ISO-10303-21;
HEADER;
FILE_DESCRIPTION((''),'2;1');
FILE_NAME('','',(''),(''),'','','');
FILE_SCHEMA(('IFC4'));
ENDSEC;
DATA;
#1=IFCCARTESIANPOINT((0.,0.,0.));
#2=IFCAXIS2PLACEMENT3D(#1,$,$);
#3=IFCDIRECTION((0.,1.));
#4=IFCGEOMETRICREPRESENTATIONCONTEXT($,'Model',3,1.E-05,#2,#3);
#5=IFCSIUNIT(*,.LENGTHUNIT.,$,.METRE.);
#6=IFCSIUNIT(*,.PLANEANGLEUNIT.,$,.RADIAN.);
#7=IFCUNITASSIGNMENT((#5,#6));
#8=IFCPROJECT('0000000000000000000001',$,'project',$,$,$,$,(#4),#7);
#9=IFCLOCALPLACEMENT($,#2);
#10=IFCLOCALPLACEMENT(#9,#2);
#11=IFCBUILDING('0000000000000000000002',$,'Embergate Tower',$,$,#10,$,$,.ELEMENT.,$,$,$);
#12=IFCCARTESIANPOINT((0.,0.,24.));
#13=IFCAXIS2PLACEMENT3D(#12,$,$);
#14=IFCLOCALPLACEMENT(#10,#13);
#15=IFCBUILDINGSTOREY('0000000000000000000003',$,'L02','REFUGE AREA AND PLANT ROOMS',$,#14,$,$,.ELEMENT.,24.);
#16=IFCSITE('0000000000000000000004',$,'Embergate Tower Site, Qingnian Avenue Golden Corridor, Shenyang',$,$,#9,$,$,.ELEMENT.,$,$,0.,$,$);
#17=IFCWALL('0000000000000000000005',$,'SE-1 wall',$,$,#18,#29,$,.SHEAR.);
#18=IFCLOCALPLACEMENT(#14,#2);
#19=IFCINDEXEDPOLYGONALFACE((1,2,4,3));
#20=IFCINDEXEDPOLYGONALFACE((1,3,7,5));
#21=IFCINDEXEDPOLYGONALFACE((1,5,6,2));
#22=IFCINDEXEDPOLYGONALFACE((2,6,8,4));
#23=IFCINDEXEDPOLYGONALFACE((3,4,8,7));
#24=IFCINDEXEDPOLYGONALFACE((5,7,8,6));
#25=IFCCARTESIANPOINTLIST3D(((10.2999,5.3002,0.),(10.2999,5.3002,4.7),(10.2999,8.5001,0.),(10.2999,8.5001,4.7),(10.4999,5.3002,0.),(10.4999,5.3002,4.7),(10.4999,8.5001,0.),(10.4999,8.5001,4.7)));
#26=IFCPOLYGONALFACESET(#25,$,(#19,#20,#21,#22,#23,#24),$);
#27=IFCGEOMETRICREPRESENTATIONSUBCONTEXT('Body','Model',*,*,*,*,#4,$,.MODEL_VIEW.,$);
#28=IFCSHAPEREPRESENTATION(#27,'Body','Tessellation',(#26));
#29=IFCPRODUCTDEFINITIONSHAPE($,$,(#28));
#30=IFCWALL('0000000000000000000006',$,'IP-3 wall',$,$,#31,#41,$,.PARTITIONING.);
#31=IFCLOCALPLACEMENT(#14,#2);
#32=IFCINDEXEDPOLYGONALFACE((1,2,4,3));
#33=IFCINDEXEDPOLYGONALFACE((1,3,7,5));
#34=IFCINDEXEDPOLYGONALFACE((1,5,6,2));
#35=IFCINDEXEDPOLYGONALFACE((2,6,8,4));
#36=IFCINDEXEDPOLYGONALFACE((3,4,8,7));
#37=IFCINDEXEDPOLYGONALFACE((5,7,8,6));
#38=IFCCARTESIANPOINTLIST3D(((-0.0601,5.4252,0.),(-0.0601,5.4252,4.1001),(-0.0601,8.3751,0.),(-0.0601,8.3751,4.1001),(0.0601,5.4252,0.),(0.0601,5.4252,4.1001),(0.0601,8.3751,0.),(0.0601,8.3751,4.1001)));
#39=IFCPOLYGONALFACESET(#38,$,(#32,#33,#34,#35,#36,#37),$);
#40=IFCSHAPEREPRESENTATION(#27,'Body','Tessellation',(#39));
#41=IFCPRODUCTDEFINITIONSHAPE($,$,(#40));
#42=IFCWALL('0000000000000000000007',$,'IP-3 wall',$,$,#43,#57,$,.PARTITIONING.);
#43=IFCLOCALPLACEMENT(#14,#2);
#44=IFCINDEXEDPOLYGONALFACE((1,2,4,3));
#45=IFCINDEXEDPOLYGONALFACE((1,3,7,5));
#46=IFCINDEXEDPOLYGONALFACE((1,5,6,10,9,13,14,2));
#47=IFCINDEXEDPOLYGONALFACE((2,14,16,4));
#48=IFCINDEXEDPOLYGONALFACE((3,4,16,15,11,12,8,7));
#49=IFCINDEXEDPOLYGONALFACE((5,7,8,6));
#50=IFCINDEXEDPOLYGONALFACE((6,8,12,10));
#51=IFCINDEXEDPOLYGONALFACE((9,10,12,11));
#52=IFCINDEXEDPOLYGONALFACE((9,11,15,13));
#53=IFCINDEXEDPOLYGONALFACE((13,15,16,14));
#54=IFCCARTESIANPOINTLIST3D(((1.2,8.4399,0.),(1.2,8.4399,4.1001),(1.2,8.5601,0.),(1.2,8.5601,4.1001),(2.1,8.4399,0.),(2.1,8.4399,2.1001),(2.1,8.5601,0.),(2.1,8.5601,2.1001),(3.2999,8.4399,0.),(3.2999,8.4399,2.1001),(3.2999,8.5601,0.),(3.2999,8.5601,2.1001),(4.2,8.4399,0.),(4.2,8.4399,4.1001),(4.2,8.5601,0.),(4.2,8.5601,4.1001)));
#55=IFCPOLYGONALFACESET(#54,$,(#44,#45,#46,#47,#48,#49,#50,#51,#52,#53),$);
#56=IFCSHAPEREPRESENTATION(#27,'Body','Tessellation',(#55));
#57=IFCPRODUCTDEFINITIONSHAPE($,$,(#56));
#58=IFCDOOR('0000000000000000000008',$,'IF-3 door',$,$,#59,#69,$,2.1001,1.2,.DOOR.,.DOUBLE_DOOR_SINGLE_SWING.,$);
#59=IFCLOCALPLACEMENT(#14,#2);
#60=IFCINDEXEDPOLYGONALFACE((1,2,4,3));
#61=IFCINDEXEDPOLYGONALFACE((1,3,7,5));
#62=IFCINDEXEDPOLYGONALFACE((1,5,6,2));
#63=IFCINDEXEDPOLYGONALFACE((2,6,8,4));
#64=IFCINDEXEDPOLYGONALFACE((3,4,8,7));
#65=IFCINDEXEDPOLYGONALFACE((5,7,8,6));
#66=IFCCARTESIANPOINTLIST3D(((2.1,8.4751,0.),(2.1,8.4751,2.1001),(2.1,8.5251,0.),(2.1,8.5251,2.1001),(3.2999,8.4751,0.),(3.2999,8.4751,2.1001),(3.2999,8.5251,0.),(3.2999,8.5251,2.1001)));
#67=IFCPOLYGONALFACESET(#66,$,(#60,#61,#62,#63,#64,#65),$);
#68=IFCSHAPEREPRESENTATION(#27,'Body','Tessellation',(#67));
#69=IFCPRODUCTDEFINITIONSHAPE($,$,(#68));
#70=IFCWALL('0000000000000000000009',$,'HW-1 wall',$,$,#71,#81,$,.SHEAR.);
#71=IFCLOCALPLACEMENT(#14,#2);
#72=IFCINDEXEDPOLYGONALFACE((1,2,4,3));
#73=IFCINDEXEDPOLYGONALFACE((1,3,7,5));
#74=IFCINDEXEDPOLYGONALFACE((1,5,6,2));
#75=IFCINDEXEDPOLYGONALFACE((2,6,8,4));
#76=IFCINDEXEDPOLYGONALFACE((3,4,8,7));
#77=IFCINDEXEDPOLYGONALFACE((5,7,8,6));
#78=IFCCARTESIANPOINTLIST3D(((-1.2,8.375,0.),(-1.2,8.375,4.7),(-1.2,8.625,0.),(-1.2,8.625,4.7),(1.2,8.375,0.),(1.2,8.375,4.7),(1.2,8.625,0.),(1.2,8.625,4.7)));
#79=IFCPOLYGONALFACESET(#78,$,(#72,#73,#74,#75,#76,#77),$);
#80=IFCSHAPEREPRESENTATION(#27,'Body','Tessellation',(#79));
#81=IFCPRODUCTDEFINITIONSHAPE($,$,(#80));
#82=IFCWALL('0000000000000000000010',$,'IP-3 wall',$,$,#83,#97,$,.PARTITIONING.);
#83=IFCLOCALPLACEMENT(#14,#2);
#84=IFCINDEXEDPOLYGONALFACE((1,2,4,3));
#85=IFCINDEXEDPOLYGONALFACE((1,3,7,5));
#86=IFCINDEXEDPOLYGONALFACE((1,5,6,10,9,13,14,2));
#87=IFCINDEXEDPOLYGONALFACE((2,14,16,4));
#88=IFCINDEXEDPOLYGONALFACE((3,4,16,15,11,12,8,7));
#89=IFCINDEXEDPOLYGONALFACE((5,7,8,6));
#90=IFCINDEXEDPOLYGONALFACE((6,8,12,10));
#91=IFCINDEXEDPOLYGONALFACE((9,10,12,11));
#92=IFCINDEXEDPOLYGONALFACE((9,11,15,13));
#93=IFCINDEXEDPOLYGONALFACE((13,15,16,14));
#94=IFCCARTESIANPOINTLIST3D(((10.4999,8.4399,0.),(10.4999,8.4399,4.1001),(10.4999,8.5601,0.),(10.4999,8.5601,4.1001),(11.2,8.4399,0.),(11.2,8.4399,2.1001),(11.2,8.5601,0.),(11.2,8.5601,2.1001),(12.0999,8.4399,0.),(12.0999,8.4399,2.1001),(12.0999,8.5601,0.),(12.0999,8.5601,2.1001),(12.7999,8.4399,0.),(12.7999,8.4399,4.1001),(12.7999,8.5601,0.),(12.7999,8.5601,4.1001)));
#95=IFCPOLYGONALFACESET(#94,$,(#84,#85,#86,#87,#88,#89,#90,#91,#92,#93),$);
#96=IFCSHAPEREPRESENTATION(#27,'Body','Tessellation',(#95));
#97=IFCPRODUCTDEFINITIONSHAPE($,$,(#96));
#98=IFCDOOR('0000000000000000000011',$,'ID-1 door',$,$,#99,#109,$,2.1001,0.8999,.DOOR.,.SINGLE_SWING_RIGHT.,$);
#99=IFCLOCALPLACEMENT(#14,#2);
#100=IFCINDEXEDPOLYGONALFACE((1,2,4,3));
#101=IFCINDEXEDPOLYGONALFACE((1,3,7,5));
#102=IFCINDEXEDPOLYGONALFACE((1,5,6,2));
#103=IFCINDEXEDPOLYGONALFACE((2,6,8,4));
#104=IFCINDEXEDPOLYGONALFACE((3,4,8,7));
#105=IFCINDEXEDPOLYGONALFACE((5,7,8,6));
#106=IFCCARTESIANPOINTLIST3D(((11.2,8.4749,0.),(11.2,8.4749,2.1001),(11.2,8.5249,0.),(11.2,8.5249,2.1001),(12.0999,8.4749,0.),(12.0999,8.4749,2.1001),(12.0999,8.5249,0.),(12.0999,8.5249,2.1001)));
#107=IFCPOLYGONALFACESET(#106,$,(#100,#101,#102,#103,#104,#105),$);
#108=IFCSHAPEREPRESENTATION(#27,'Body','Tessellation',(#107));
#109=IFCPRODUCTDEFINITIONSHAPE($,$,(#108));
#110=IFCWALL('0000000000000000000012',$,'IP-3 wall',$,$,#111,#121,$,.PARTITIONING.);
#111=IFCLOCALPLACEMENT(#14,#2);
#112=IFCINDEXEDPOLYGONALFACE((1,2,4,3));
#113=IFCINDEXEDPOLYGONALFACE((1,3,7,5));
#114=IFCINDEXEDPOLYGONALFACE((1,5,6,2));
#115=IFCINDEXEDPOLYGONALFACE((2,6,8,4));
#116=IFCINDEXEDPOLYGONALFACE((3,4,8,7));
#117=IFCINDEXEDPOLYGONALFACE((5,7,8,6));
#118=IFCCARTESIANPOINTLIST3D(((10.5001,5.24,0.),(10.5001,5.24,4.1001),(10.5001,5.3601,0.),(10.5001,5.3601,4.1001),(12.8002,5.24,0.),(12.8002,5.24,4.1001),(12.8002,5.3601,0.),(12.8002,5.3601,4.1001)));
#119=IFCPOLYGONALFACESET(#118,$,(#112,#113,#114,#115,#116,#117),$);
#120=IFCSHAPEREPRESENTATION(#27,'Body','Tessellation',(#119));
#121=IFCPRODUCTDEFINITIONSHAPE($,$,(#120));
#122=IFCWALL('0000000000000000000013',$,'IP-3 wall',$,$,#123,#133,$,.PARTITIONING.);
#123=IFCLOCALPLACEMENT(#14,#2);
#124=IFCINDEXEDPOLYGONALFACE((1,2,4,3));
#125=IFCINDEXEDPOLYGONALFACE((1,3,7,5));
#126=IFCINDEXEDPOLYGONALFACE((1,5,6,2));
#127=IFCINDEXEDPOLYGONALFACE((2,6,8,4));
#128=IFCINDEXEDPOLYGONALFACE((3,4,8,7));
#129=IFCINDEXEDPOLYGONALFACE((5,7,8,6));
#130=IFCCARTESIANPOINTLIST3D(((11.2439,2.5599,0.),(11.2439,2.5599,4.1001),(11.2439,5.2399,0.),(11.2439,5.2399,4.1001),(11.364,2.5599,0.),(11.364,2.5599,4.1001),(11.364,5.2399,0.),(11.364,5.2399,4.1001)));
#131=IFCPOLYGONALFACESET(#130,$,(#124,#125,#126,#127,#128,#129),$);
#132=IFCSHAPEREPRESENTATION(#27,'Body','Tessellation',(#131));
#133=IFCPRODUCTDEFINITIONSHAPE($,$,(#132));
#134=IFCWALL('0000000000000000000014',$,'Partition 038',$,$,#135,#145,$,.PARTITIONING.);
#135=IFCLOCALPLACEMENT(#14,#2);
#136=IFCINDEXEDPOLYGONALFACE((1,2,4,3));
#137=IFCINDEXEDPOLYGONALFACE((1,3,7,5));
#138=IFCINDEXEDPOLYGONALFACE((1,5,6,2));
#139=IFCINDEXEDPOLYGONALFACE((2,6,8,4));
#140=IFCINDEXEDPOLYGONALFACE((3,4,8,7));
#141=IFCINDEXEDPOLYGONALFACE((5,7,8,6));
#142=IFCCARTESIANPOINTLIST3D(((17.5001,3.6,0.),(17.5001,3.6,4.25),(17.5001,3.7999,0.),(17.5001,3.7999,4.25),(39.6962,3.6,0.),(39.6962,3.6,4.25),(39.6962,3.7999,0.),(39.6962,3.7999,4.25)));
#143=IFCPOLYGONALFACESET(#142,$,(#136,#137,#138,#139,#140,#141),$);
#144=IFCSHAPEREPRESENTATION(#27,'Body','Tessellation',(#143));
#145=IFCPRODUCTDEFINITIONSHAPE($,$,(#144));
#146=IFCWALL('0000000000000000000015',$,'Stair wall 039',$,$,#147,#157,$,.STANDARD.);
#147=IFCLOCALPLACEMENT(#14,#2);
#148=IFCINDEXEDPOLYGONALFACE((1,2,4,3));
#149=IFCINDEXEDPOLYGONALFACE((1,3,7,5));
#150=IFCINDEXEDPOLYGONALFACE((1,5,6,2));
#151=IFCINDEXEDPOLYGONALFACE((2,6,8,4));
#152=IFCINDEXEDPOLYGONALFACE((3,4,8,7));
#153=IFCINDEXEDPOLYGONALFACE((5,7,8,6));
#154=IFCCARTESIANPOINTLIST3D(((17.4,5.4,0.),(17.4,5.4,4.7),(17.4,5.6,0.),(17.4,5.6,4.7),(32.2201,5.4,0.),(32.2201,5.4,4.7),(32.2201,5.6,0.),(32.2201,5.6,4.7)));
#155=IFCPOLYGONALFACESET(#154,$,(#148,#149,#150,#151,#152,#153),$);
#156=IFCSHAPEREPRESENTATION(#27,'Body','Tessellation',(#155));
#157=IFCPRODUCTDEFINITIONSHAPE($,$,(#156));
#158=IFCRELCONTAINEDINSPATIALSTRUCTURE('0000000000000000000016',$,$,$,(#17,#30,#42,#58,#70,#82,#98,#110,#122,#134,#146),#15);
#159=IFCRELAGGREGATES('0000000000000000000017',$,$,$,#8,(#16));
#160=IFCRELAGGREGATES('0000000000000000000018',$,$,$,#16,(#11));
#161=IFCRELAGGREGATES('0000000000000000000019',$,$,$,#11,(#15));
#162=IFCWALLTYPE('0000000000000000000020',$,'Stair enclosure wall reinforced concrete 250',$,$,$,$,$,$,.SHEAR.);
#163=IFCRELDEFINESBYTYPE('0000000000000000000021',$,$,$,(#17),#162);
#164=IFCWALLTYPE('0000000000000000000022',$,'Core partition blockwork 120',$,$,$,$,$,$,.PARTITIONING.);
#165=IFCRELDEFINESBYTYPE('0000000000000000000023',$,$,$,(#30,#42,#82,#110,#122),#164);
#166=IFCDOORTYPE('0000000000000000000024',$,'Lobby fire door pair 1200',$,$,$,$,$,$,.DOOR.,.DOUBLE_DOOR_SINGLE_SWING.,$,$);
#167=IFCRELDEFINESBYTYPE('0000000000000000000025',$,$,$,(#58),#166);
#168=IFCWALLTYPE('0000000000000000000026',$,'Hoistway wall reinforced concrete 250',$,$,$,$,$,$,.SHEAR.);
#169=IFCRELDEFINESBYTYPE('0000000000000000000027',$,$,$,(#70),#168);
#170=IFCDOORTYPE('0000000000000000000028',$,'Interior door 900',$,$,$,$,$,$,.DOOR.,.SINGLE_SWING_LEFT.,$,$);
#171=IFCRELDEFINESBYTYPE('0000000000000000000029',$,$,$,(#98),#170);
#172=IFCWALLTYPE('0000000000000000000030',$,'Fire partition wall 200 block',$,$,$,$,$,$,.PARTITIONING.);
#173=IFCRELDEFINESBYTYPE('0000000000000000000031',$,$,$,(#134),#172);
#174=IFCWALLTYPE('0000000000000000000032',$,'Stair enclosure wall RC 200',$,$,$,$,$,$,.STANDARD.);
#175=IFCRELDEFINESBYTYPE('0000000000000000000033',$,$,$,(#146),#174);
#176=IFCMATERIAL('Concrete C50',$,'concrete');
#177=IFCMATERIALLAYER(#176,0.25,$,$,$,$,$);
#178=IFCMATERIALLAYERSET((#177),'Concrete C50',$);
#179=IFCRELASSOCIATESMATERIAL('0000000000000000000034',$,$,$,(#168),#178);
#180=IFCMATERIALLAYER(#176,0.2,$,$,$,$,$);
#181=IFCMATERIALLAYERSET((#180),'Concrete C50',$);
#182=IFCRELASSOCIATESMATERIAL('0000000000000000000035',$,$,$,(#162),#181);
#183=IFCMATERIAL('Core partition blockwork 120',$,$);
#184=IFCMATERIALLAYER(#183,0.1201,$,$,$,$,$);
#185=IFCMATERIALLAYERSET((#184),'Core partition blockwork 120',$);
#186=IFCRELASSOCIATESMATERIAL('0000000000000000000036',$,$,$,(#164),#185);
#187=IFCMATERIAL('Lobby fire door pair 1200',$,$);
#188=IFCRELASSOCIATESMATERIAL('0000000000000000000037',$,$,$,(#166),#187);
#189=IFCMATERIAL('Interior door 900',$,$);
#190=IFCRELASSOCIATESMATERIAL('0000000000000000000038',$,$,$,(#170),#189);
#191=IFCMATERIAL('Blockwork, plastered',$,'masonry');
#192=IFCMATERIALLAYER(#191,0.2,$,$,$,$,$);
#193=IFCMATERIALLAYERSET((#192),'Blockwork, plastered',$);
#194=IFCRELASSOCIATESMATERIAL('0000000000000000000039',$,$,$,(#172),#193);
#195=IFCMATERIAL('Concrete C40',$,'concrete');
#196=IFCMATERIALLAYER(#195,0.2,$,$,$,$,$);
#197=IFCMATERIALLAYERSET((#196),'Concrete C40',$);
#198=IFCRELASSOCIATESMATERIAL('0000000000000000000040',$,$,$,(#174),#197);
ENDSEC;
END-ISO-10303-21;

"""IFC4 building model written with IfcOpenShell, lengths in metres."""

from ifc_helpers import new_model, si_unit, direction, frame, frame_2d, origin, place, context, subcontext, project, spatial, rectangle, extrude, source, transform, mapped, material, layer, layer_set, type_object, element, fill, save


model = new_model("IFC4")

# Units and contexts
model_context = context("Model", 3, precision=1e-05, world=origin(), true_north=direction((0.0, 1.0)))
body_context = subcontext(model_context, "Body", "Model", "MODEL_VIEW")
ifc_project = project(units=[si_unit("LENGTHUNIT", "METRE"), si_unit("PLANEANGLEUNIT", "RADIAN")], contexts=[model_context])

# Site, building, storey
site_placement = place(None, origin())
site = spatial("IfcSite", under=ifc_project, at=site_placement, Name="Embergate Tower Site, Qingnian Avenue Golden Corridor, Shenyang", CompositionType="ELEMENT", RefElevation=0.0)
building_placement = place(site_placement, origin())
building = spatial("IfcBuilding", under=site, at=building_placement, Name="Embergate Tower", CompositionType="ELEMENT")
storey_placement = place(building_placement, frame((0.0, 0.0, 24.0)))
storey = spatial("IfcBuildingStorey", under=building, at=storey_placement, Name="L02", Description="REFUGE AREA AND PLANT ROOMS", CompositionType="ELEMENT", Elevation=24.0)

# Shared definitions
ifc_material_1 = material(Name="Concrete C40", Category="concrete")

# Shared definitions
ifc_material_2 = material(Name="Concrete C50", Category="concrete")
ifc_layer_1 = layer(ifc_material_2, 0.25)
ifc_layer_set_1 = layer_set([ifc_layer_1], Name="Concrete C50")
wall_type_1 = type_object("IfcWallType", Name="Hoistway wall reinforced concrete 250", PredefinedType="SHEAR", material=ifc_layer_set_1)
ifc_layer_2 = layer(ifc_material_2, 0.2)
ifc_layer_set_2 = layer_set([ifc_layer_2], Name="Concrete C50")
wall_type_2 = type_object("IfcWallType", Name="Stair enclosure wall reinforced concrete 250", PredefinedType="SHEAR", material=ifc_layer_set_2)
ifc_material_3 = material(Name="Core partition blockwork 120")
ifc_layer_3 = layer(ifc_material_3, 0.1201)
ifc_layer_set_3 = layer_set([ifc_layer_3], Name="Core partition blockwork 120")
wall_type_3 = type_object("IfcWallType", Name="Core partition blockwork 120", PredefinedType="PARTITIONING", material=ifc_layer_set_3)

# Shared definitions
shared_shape_1 = source(origin(), body_context, "Body", "SweptSolid", [
    extrude(rectangle(XDim=3.2, YDim=0.2, at=frame_2d((1.6001, 0.0))), origin(), (0.0, 0.0, 1.0), 4.7),
])
shared_shape_2 = source(origin(), body_context, "Body", "SweptSolid", [
    extrude(rectangle(XDim=1.2, YDim=2.1001, at=frame_2d((0.6001, 1.05))), frame((0.0, 0.0249, 0.0), z_axis=(0.0, -1.0, 0.0), x_axis=(1.0, 0.0, 0.0)), (0.0, 0.0, 1.0), 0.05),
])

# Walls
wall_1_placement = place(storey_placement, frame((10.3999, 5.3, 0.0), z_axis=(0.0, 0.0, 1.0), x_axis=(0.0, 1.0, 0.0)))
element("IfcWall", 1, at=wall_1_placement, inside=storey, type_object=wall_type_2, Name="SE-1 wall", PredefinedType="SHEAR", context=body_context, shape_type="MappedRepresentation", body=[
    mapped(shared_shape_1, transform((0.0, 0.0, 0.0))),
])
shared_shape_3 = source(origin(), body_context, "Body", "SweptSolid", [
    extrude(rectangle(XDim=2.95, YDim=0.1201, at=frame_2d((1.4751, 0.0))), origin(), (0.0, 0.0, 1.0), 4.1001),
])
wall_2_placement = place(storey_placement, frame((0.0, 5.425, 0.0), z_axis=(0.0, 0.0, 1.0), x_axis=(0.0, 1.0, 0.0)))
element("IfcWall", 2, at=wall_2_placement, inside=storey, type_object=wall_type_3, Name="IP-3 wall", PredefinedType="PARTITIONING", context=body_context, shape_type="MappedRepresentation", body=[
    mapped(shared_shape_3, transform((0.0, 0.0, 0.0))),
])

# Wall, opening, door
shared_shape_4 = source(origin(), body_context, "Body", "SweptSolid", [
    extrude(rectangle(XDim=3.0, YDim=0.1201, at=frame_2d((1.5, 0.0))), origin(), (0.0, 0.0, 1.0), 4.1001),
])
wall_3_placement = place(storey_placement, frame((4.2, 8.5, 0.0), z_axis=(0.0, 0.0, 1.0), x_axis=(-1.0, 0.0, 0.0)))
wall_3 = element("IfcWall", 3, at=wall_3_placement, inside=storey, type_object=wall_type_3, Name="IP-3 wall", PredefinedType="PARTITIONING", context=body_context, shape_type="MappedRepresentation", body=[
    mapped(shared_shape_4, transform((0.0, 0.0, 0.0))),
])
shared_shape_5 = source(origin(), body_context, "Body", "SweptSolid", [
    extrude(rectangle(XDim=1.2, YDim=2.1001, at=frame_2d((0.6001, 1.05))), frame((0.0, 0.0701, 0.0), z_axis=(0.0, -1.0, 0.0), x_axis=(1.0, 0.0, 0.0)), (0.0, 0.0, 1.0), 0.1401),
])
opening_1_placement = place(wall_3_placement, frame((0.8999, 0.0, 0.0)))
opening_1 = element("IfcOpeningElement", 4, at=opening_1_placement, cuts=wall_3, PredefinedType="OPENING", context=body_context, shape_type="MappedRepresentation", body=[
    mapped(shared_shape_5, transform((0.0, 0.0, 0.0))),
])
ifc_material_4 = material(Name="Lobby fire door pair 1200")
door_type_1 = type_object("IfcDoorType", Name="Lobby fire door pair 1200", OperationType="DOUBLE_DOOR_SINGLE_SWING", PredefinedType="DOOR", material=ifc_material_4)
door_1_placement = place(opening_1_placement, origin())
door_1 = element("IfcDoor", 5, at=door_1_placement, inside=storey, type_object=door_type_1, Name="IF-3 door", OperationType="DOUBLE_DOOR_SINGLE_SWING", OverallHeight=2.1001, OverallWidth=1.2, PredefinedType="DOOR", context=body_context, shape_type="MappedRepresentation", body=[
    mapped(shared_shape_2, transform((0.0, 0.0, 0.0))),
])
fill(opening_1, door_1)

# Wall
shared_shape_6 = source(origin(), body_context, "Body", "SweptSolid", [
    extrude(rectangle(XDim=2.3999, YDim=0.25, at=frame_2d((1.2, 0.0))), origin(), (0.0, 0.0, 1.0), 4.7),
])
wall_4_placement = place(storey_placement, frame((1.2, 8.5, 0.0), z_axis=(0.0, 0.0, 1.0), x_axis=(-1.0, 0.0, 0.0)))
element("IfcWall", 6, at=wall_4_placement, inside=storey, type_object=wall_type_1, Name="HW-1 wall", PredefinedType="SHEAR", context=body_context, shape_type="MappedRepresentation", body=[
    mapped(shared_shape_6, transform((0.0, 0.0, 0.0))),
])

# Wall, opening, door
shared_shape_7 = source(origin(), body_context, "Body", "SweptSolid", [
    extrude(rectangle(XDim=2.3, YDim=0.1201, at=frame_2d((1.1499, 0.0))), origin(), (0.0, 0.0, 1.0), 4.1001),
])
wall_5_placement = place(storey_placement, frame((10.5, 8.5, 0.0), z_axis=(0.0, 0.0, 1.0), x_axis=(1.0, 0.0, 0.0)))
wall_5 = element("IfcWall", 7, at=wall_5_placement, inside=storey, type_object=wall_type_3, Name="IP-3 wall", PredefinedType="PARTITIONING", context=body_context, shape_type="MappedRepresentation", body=[
    mapped(shared_shape_7, transform((0.0, 0.0, 0.0))),
])
shared_shape_8 = source(origin(), body_context, "Body", "SweptSolid", [
    extrude(rectangle(XDim=0.8999, YDim=2.1001, at=frame_2d((0.45, 1.05))), frame((0.0, 0.0701, 0.0), z_axis=(0.0, -1.0, 0.0), x_axis=(1.0, 0.0, 0.0)), (0.0, 0.0, 1.0), 0.1401),
])
opening_2_placement = place(wall_5_placement, frame((0.7, 0.0, 0.0)))
opening_2 = element("IfcOpeningElement", 8, at=opening_2_placement, cuts=wall_5, PredefinedType="OPENING", context=body_context, shape_type="MappedRepresentation", body=[
    mapped(shared_shape_8, transform((0.0, 0.0, 0.0))),
])
ifc_material_5 = material(Name="Interior door 900")
door_type_2 = type_object("IfcDoorType", Name="Interior door 900", OperationType="SINGLE_SWING_LEFT", PredefinedType="DOOR", material=ifc_material_5)
shared_shape_9 = source(origin(), body_context, "Body", "SweptSolid", [
    extrude(rectangle(XDim=0.8999, YDim=2.1001, at=frame_2d((0.45, 1.05))), frame((0.0, 0.0249, 0.0), z_axis=(0.0, -1.0, 0.0), x_axis=(1.0, 0.0, 0.0)), (0.0, 0.0, 1.0), 0.05),
])
door_2_placement = place(opening_2_placement, origin())
door_2 = element("IfcDoor", 9, at=door_2_placement, inside=storey, type_object=door_type_2, Name="ID-1 door", OperationType="SINGLE_SWING_RIGHT", OverallHeight=2.1001, OverallWidth=0.8999, PredefinedType="DOOR", context=body_context, shape_type="MappedRepresentation", body=[
    mapped(shared_shape_9, transform((0.0, 0.0, 0.0))),
])
fill(opening_2, door_2)

# Walls
wall_6_placement = place(storey_placement, frame((12.8, 5.3, 0.0), z_axis=(0.0, 0.0, 1.0), x_axis=(-1.0, 0.0, 0.0)))
element("IfcWall", 10, at=wall_6_placement, inside=storey, type_object=wall_type_3, Name="IP-3 wall", PredefinedType="PARTITIONING", context=body_context, shape_type="MappedRepresentation", body=[
    mapped(shared_shape_7, transform((0.0, 0.0, 0.0))),
])
shared_shape_10 = source(origin(), body_context, "Body", "SweptSolid", [
    extrude(rectangle(XDim=2.6799, YDim=0.1201, at=frame_2d((1.3398, 0.0))), origin(), (0.0, 0.0, 1.0), 4.1001),
])
wall_7_placement = place(storey_placement, frame((11.304, 2.5601, 0.0), z_axis=(0.0, 0.0, 1.0), x_axis=(0.0, 1.0, 0.0)))
element("IfcWall", 11, at=wall_7_placement, inside=storey, type_object=wall_type_3, Name="IP-3 wall", PredefinedType="PARTITIONING", context=body_context, shape_type="MappedRepresentation", body=[
    mapped(shared_shape_10, transform((0.0, 0.0, 0.0))),
])
ifc_material_6 = material(Name="Blockwork, plastered", Category="masonry")
ifc_layer_4 = layer(ifc_material_6, 0.2)
ifc_layer_set_4 = layer_set([ifc_layer_4], Name="Blockwork, plastered")
wall_type_4 = type_object("IfcWallType", Name="Fire partition wall 200 block", PredefinedType="PARTITIONING", material=ifc_layer_set_4)
shared_shape_11 = source(origin(), body_context, "Body", "SweptSolid", [
    extrude(rectangle(XDim=22.196, YDim=0.2, at=frame_2d((11.0981, 0.0))), origin(), (0.0, 0.0, 1.0), 4.25),
])
wall_8_placement = place(storey_placement, frame((17.5, 3.7, 0.0), z_axis=(0.0, 0.0, 1.0), x_axis=(1.0, 0.0, 0.0)))
element("IfcWall", 12, at=wall_8_placement, inside=storey, type_object=wall_type_4, Name="Partition 038", PredefinedType="PARTITIONING", context=body_context, shape_type="MappedRepresentation", body=[
    mapped(shared_shape_11, transform((0.0, 0.0, 0.0))),
])
ifc_layer_5 = layer(ifc_material_1, 0.2)
ifc_layer_set_5 = layer_set([ifc_layer_5], Name="Concrete C40")
wall_type_5 = type_object("IfcWallType", Name="Stair enclosure wall RC 200", PredefinedType="STANDARD", material=ifc_layer_set_5)
shared_shape_12 = source(origin(), body_context, "Body", "SweptSolid", [
    extrude(rectangle(XDim=14.8201, YDim=0.2, at=frame_2d((7.4102, 0.0))), origin(), (0.0, 0.0, 1.0), 4.7),
])
wall_9_placement = place(storey_placement, frame((17.3999, 5.5, 0.0), z_axis=(0.0, 0.0, 1.0), x_axis=(1.0, 0.0, 0.0)))
element("IfcWall", 13, at=wall_9_placement, inside=storey, type_object=wall_type_5, Name="Stair wall 039", PredefinedType="STANDARD", context=body_context, shape_type="MappedRepresentation", body=[
    mapped(shared_shape_12, transform((0.0, 0.0, 0.0))),
])

save(model, "model.ifc")
